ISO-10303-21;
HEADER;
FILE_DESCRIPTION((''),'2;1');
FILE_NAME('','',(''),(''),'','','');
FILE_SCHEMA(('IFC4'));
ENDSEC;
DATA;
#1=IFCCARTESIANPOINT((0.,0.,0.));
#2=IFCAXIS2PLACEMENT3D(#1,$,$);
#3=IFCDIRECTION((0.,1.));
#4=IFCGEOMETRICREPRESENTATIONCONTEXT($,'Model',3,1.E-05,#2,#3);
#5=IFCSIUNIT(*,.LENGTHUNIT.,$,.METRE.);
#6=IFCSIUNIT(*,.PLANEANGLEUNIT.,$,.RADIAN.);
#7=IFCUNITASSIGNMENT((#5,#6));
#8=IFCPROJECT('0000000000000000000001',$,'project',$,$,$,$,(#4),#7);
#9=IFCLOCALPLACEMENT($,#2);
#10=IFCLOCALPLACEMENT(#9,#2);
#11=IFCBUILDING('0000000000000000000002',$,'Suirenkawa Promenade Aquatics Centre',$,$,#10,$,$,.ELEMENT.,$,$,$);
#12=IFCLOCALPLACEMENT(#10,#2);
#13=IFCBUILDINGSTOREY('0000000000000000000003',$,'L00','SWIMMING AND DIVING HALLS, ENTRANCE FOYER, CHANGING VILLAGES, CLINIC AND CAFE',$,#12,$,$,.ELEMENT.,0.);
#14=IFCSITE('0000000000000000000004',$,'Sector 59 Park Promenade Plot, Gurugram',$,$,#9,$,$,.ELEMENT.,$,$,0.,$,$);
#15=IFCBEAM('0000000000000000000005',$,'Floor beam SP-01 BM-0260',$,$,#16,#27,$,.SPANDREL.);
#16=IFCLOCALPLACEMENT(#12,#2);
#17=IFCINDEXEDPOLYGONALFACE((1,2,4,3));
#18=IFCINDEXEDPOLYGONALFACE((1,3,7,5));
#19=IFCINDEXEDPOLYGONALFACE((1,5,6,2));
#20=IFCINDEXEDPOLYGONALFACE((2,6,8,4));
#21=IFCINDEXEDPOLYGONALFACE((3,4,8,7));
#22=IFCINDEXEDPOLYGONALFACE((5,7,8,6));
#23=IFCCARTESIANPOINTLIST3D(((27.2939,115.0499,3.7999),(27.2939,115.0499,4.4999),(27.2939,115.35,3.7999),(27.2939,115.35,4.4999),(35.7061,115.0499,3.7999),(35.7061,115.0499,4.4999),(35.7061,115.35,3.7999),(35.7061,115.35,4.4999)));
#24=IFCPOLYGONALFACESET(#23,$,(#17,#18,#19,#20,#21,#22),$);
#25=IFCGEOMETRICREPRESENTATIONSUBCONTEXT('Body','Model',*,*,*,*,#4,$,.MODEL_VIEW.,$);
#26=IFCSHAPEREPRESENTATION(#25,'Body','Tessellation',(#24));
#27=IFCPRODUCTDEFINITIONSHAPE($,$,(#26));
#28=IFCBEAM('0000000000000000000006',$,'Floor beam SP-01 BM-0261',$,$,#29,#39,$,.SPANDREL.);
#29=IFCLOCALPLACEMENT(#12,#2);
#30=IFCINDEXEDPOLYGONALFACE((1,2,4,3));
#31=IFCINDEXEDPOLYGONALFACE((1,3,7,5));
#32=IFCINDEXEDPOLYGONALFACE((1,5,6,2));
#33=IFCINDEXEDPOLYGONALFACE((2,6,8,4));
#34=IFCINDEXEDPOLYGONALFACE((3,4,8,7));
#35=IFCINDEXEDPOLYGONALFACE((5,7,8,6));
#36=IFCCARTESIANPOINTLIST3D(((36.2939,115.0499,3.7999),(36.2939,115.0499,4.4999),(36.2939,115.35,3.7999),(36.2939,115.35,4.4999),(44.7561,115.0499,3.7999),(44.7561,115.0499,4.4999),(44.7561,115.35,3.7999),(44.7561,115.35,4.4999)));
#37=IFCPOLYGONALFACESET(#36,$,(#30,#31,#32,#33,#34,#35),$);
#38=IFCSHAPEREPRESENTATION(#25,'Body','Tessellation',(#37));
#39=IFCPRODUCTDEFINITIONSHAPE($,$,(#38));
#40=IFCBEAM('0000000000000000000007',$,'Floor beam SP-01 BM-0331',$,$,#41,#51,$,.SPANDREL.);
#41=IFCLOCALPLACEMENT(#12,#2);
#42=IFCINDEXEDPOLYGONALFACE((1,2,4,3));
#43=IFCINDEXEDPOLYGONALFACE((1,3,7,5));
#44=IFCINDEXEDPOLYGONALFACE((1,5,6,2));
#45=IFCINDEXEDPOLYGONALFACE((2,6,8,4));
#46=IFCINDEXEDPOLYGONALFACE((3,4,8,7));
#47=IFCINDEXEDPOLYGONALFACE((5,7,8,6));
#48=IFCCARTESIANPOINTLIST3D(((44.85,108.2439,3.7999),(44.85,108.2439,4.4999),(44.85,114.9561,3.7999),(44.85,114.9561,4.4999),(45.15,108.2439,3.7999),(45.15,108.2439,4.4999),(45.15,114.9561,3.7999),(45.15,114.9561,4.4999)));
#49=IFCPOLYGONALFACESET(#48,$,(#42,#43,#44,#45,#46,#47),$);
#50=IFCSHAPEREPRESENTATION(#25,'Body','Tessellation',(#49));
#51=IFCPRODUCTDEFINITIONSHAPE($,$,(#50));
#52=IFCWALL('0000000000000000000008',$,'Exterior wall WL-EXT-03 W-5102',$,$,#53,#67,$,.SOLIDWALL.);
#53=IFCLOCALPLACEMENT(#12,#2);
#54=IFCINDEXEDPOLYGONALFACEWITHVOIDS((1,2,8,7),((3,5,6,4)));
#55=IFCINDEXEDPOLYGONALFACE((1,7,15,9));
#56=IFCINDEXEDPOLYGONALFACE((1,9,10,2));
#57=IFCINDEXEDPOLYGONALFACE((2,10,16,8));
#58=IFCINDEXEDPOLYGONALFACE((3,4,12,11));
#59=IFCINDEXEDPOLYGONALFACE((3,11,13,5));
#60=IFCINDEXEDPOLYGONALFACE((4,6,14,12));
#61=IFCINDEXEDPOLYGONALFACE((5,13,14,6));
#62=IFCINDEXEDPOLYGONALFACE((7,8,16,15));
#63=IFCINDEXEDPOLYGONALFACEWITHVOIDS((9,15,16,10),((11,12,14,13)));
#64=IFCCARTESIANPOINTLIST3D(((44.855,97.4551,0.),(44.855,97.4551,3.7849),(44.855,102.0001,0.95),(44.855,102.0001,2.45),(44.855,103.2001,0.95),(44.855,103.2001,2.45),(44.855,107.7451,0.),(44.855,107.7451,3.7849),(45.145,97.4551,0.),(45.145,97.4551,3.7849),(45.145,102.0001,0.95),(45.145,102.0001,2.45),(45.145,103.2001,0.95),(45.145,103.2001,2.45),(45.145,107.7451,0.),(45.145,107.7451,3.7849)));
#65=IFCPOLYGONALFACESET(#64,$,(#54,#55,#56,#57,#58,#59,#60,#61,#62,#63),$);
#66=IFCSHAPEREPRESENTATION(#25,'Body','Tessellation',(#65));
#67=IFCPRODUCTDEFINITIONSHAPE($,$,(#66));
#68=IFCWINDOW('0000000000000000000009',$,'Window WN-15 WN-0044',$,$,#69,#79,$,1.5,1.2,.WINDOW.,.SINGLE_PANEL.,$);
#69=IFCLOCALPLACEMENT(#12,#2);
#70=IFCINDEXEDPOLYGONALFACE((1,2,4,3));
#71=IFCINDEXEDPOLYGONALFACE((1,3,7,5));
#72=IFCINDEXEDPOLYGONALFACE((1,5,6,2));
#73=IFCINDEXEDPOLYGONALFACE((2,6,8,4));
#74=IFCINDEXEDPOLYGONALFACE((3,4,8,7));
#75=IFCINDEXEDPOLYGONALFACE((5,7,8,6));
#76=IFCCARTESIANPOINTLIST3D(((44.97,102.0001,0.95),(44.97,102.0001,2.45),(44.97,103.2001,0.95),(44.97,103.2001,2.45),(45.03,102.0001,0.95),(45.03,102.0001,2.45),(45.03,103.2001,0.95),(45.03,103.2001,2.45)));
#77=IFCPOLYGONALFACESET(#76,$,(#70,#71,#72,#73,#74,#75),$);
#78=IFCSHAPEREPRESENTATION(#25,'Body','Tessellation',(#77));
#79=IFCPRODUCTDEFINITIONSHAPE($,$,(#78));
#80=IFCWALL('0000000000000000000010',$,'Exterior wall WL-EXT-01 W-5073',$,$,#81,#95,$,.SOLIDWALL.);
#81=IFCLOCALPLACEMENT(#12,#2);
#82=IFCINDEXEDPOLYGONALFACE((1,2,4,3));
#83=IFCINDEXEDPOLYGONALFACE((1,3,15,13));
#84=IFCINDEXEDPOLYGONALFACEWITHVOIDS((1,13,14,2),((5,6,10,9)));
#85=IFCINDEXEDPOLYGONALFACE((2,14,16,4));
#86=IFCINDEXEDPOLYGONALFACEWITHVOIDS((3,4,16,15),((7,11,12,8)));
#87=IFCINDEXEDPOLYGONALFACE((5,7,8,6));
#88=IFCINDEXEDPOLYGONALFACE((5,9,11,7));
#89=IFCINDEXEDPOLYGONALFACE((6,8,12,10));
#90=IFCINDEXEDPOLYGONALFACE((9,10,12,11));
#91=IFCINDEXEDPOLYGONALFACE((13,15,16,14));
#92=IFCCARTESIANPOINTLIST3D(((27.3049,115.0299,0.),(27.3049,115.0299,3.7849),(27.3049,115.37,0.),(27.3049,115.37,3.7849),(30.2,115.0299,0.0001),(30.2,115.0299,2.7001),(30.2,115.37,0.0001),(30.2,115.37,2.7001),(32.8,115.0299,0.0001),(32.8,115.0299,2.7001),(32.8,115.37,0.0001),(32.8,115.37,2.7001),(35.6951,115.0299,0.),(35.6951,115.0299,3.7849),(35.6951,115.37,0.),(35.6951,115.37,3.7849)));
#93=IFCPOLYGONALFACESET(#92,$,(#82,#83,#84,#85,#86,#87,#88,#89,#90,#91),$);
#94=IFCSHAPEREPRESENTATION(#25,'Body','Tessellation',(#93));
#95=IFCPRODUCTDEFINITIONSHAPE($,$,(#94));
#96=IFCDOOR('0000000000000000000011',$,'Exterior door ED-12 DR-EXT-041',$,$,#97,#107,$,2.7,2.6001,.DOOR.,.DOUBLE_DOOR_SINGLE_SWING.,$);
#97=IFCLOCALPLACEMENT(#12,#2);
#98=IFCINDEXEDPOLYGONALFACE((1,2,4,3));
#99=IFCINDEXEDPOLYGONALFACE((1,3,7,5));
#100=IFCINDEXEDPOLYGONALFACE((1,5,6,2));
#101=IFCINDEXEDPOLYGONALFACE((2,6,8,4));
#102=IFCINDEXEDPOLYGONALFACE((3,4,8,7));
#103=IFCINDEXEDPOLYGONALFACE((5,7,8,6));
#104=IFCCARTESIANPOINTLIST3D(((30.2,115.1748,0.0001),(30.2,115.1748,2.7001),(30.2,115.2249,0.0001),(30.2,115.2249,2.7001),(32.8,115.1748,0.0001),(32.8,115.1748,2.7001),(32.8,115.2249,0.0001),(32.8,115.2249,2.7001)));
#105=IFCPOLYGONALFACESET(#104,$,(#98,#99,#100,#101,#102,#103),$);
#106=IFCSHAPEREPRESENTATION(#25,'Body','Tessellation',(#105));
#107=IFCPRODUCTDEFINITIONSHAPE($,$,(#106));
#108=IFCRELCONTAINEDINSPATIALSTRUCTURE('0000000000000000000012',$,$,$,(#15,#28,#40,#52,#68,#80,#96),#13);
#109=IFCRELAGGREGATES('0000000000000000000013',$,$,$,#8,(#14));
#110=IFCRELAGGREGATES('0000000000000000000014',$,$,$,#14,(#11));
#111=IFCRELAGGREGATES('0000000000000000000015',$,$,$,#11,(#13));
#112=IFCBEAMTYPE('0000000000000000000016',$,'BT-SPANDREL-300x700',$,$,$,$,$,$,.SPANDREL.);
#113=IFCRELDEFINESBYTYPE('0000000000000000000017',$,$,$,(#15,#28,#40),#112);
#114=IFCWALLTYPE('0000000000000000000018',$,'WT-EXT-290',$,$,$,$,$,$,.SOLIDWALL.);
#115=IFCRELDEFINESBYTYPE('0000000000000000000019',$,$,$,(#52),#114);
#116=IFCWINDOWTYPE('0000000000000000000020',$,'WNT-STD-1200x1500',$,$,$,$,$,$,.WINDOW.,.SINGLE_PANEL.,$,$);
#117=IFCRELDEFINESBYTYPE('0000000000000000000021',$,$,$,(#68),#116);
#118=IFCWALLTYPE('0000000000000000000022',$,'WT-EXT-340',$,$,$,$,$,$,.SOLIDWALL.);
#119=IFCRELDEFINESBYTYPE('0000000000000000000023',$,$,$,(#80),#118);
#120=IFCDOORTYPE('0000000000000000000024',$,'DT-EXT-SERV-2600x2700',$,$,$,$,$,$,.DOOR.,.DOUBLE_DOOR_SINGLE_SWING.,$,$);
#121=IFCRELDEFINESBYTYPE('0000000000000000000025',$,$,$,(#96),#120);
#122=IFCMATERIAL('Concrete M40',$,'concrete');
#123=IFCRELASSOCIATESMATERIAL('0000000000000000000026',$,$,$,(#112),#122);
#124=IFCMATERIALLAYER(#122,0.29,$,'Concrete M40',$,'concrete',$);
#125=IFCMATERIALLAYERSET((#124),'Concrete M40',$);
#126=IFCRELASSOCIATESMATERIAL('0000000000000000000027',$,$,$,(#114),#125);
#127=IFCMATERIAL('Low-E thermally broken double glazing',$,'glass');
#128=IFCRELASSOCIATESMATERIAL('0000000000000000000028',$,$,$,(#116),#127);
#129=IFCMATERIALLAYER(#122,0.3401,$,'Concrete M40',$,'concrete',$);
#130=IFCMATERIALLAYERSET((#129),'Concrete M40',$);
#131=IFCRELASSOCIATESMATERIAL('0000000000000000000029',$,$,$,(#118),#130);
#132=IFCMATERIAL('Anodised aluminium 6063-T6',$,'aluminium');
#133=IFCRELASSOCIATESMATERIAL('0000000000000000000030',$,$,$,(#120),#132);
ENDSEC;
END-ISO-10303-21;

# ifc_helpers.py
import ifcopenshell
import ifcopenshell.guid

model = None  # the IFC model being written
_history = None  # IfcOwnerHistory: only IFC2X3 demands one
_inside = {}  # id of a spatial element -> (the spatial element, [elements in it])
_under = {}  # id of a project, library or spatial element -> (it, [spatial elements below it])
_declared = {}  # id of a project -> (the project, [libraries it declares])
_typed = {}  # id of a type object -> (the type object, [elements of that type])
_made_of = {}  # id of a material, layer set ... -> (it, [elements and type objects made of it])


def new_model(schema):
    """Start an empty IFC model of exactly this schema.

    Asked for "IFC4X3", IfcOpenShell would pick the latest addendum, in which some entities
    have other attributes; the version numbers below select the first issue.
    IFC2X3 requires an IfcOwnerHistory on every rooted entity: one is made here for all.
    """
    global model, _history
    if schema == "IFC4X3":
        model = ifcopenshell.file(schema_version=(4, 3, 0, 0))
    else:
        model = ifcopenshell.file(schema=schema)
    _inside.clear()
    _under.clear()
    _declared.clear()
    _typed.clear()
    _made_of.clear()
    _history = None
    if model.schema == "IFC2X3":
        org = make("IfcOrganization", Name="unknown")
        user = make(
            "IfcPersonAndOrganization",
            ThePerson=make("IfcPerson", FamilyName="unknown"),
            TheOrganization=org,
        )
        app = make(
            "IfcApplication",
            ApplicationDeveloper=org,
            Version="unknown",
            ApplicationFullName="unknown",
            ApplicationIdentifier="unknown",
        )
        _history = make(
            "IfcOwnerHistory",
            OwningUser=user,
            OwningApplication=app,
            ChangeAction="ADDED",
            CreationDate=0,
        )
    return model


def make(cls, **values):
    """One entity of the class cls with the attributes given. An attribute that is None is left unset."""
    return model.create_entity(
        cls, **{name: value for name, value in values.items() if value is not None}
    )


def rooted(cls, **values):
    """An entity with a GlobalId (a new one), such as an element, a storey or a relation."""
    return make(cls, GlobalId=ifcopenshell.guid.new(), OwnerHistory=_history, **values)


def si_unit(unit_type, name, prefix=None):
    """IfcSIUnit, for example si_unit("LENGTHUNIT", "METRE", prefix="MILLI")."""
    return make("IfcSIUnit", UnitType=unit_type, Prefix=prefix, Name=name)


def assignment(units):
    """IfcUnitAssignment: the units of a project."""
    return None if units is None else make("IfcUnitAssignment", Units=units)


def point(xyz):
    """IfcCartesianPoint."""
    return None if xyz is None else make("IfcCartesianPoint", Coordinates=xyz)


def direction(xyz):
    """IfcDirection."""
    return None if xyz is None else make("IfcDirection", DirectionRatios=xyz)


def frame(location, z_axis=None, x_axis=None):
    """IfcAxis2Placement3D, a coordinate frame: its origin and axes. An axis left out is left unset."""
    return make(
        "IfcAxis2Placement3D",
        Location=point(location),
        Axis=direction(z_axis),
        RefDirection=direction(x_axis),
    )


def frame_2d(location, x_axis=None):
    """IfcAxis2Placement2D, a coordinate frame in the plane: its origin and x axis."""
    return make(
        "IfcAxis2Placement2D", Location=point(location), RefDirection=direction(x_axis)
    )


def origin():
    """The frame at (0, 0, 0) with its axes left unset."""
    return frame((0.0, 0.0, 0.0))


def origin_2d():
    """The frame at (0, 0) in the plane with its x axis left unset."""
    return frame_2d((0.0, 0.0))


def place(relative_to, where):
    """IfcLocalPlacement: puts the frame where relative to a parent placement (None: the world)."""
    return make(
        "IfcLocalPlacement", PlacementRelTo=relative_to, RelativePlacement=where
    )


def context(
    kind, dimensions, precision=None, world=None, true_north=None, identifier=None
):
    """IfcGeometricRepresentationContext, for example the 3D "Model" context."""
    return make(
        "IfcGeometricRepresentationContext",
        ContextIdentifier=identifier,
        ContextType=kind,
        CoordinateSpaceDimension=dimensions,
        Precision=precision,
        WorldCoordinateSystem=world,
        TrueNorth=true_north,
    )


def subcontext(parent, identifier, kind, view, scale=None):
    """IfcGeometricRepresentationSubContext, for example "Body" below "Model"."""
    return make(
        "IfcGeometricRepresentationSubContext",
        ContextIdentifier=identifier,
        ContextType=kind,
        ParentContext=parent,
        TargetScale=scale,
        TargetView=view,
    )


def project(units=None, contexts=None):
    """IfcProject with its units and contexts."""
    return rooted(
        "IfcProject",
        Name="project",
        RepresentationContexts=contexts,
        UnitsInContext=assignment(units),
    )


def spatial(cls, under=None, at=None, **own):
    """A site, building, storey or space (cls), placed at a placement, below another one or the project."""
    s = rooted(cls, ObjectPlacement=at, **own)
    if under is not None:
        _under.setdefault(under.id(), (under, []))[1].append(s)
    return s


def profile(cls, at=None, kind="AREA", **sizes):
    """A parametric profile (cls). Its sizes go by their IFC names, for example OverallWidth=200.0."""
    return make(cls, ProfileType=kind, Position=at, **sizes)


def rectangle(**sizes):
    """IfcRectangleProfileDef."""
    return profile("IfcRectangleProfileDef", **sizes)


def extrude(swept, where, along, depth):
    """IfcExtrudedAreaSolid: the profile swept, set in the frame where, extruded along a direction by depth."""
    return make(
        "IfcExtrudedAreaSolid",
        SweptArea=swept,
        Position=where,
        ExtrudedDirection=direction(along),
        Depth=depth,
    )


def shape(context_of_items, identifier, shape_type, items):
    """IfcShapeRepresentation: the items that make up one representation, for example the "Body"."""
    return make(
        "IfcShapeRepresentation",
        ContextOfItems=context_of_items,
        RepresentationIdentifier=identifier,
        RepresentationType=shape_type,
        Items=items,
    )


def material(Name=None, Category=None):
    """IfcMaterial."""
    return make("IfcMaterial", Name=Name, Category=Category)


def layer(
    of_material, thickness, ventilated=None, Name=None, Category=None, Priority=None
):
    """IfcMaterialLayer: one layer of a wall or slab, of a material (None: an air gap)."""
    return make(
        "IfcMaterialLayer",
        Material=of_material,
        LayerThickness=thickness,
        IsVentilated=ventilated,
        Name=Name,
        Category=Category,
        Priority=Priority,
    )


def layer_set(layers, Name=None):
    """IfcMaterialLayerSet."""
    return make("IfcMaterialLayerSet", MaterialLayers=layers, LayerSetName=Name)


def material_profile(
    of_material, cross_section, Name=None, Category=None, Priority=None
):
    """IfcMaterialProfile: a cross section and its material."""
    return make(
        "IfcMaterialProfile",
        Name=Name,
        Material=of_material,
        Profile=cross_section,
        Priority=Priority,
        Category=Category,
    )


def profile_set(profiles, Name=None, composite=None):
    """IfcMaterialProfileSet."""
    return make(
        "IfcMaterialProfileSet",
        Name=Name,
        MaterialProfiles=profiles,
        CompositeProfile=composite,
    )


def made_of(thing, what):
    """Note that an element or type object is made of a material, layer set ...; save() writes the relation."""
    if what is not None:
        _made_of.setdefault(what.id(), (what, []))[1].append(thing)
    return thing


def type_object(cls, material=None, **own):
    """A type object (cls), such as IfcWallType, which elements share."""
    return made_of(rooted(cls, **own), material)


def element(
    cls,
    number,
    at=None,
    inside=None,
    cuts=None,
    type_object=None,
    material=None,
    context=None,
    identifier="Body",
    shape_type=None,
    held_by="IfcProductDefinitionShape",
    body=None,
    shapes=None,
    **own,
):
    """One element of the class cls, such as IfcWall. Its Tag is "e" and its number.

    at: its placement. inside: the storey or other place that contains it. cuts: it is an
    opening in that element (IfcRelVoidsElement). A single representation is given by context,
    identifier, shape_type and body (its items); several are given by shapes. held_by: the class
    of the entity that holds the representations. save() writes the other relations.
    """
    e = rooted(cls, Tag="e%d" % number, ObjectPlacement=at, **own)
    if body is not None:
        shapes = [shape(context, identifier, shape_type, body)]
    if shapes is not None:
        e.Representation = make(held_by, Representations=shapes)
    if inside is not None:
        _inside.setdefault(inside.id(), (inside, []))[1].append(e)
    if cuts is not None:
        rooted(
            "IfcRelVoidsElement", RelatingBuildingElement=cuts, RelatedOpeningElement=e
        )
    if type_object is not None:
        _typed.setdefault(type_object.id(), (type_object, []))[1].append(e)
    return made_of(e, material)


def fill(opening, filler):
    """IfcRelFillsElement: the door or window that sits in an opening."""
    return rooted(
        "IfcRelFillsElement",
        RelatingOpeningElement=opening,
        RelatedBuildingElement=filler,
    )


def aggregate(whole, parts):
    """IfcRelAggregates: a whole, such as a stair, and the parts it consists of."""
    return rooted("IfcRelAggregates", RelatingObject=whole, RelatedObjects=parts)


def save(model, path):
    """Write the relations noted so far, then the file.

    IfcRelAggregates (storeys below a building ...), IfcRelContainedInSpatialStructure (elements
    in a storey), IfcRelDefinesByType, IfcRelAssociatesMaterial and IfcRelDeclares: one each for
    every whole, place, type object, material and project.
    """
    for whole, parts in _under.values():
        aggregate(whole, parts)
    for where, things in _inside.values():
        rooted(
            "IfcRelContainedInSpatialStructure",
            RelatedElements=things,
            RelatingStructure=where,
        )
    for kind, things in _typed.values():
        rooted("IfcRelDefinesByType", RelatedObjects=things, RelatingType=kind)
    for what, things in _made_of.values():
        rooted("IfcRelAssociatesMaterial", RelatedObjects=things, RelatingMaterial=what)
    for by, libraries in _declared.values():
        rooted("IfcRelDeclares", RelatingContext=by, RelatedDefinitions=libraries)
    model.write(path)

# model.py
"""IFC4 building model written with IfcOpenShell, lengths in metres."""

from ifc_helpers import new_model, si_unit, direction, frame, frame_2d, origin, origin_2d, place, context, subcontext, project, spatial, rectangle, extrude, material, layer, layer_set, material_profile, profile_set, type_object, element, fill, save


model = new_model("IFC4")

# Units and contexts
model_context = context("Model", 3, precision=1e-05, world=origin(), true_north=direction((0.0, 1.0)))
body_context = subcontext(model_context, "Body", "Model", "MODEL_VIEW")
ifc_project = project(units=[si_unit("LENGTHUNIT", "METRE"), si_unit("PLANEANGLEUNIT", "RADIAN")], contexts=[model_context])

# Site, building, storey
site_placement = place(None, origin())
site = spatial("IfcSite", under=ifc_project, at=site_placement, Name="Sector 59 Park Promenade Plot, Gurugram", CompositionType="ELEMENT", RefElevation=0.0)
building_placement = place(site_placement, origin())
building = spatial("IfcBuilding", under=site, at=building_placement, Name="Suirenkawa Promenade Aquatics Centre", CompositionType="ELEMENT")
storey_placement = place(building_placement, origin())
storey = spatial("IfcBuildingStorey", under=building, at=storey_placement, Name="L00", Description="SWIMMING AND DIVING HALLS, ENTRANCE FOYER, CHANGING VILLAGES, CLINIC AND CAFE", CompositionType="ELEMENT", Elevation=0.0)

# Shared definitions
ifc_material_1 = material(Name="Concrete M40", Category="concrete")

# Beams
ifc_material_profile_1 = material_profile(ifc_material_1, rectangle(XDim=0.3, YDim=0.7, at=origin_2d()), Name="RC SPANDREL 300x700", Category="concrete")
ifc_profile_set_1 = profile_set([ifc_material_profile_1], Name="Concrete M40")
beam_type_1 = type_object("IfcBeamType", Name="BT-SPANDREL-300x700", PredefinedType="SPANDREL", material=ifc_profile_set_1)
beam_1_placement = place(storey_placement, frame((27.2939, 115.2, 4.1499), z_axis=(1.0, 0.0, 0.0), x_axis=(0.0, 1.0, 0.0)))
element("IfcBeam", 1, at=beam_1_placement, inside=storey, type_object=beam_type_1, Name="Floor beam SP-01 BM-0260", PredefinedType="SPANDREL", context=body_context, shape_type="SweptSolid", body=[
    extrude(rectangle(XDim=0.3, YDim=0.7, at=origin_2d()), origin(), (0.0, 0.0, 1.0), 8.4121),
])
beam_2_placement = place(storey_placement, frame((36.2939, 115.2, 4.1499), z_axis=(1.0, 0.0, 0.0), x_axis=(0.0, 1.0, 0.0)))
element("IfcBeam", 2, at=beam_2_placement, inside=storey, type_object=beam_type_1, Name="Floor beam SP-01 BM-0261", PredefinedType="SPANDREL", context=body_context, shape_type="SweptSolid", body=[
    extrude(rectangle(XDim=0.3, YDim=0.7, at=origin_2d()), origin(), (0.0, 0.0, 1.0), 8.4622),
])
beam_3_placement = place(storey_placement, frame((45.0, 108.2439, 4.1499), z_axis=(0.0, 1.0, 0.0), x_axis=(-1.0, 0.0, 0.0)))
element("IfcBeam", 3, at=beam_3_placement, inside=storey, type_object=beam_type_1, Name="Floor beam SP-01 BM-0331", PredefinedType="SPANDREL", context=body_context, shape_type="SweptSolid", body=[
    extrude(rectangle(XDim=0.3, YDim=0.7, at=origin_2d()), origin(), (0.0, 0.0, 1.0), 6.7122),
])

# Wall, opening, window
ifc_layer_1 = layer(ifc_material_1, 0.29, Name="Concrete M40", Category="concrete")
ifc_layer_set_1 = layer_set([ifc_layer_1], Name="Concrete M40")
wall_type_1 = type_object("IfcWallType", Name="WT-EXT-290", PredefinedType="SOLIDWALL", material=ifc_layer_set_1)
wall_1_placement = place(storey_placement, frame((45.0, 107.7451, 0.0), z_axis=(0.0, 0.0, 1.0), x_axis=(0.0, -1.0, 0.0)))
wall_1 = element("IfcWall", 4, at=wall_1_placement, inside=storey, type_object=wall_type_1, Name="Exterior wall WL-EXT-03 W-5102", PredefinedType="SOLIDWALL", context=body_context, shape_type="SweptSolid", body=[
    extrude(rectangle(XDim=10.29, YDim=0.29, at=frame_2d((5.145, 0.0))), origin(), (0.0, 0.0, 1.0), 3.7849),
])
opening_1_placement = place(wall_1_placement, frame((4.5449, 0.0, 0.95)))
opening_1 = element("IfcOpeningElement", 5, at=opening_1_placement, cuts=wall_1, PredefinedType="OPENING", context=body_context, shape_type="SweptSolid", body=[
    extrude(rectangle(XDim=1.2, YDim=1.5, at=frame_2d((0.6001, 0.75))), frame((0.0, 0.155, 0.0), z_axis=(0.0, -1.0, 0.0), x_axis=(1.0, 0.0, 0.0)), (0.0, 0.0, 1.0), 0.3101),
])
ifc_material_2 = material(Name="Low-E thermally broken double glazing", Category="glass")
window_type = type_object("IfcWindowType", Name="WNT-STD-1200x1500", PartitioningType="SINGLE_PANEL", PredefinedType="WINDOW", material=ifc_material_2)
window_placement = place(opening_1_placement, origin())
window = element("IfcWindow", 6, at=window_placement, inside=storey, type_object=window_type, Name="Window WN-15 WN-0044", OverallHeight=1.5, OverallWidth=1.2, PartitioningType="SINGLE_PANEL", PredefinedType="WINDOW", context=body_context, shape_type="SweptSolid", body=[
    extrude(rectangle(XDim=1.2, YDim=1.5, at=frame_2d((0.6001, 0.75))), frame((0.0, 0.03, 0.0), z_axis=(0.0, -1.0, 0.0), x_axis=(1.0, 0.0, 0.0)), (0.0, 0.0, 1.0), 0.0601),
])
fill(opening_1, window)

# Wall, opening, door
ifc_layer_2 = layer(ifc_material_1, 0.3401, Name="Concrete M40", Category="concrete")
ifc_layer_set_2 = layer_set([ifc_layer_2], Name="Concrete M40")
wall_type_2 = type_object("IfcWallType", Name="WT-EXT-340", PredefinedType="SOLIDWALL", material=ifc_layer_set_2)
wall_2_placement = place(storey_placement, frame((27.3049, 115.2, 0.0), z_axis=(0.0, 0.0, 1.0), x_axis=(1.0, 0.0, 0.0)))
wall_2 = element("IfcWall", 7, at=wall_2_placement, inside=storey, type_object=wall_type_2, Name="Exterior wall WL-EXT-01 W-5073", PredefinedType="SOLIDWALL", context=body_context, shape_type="SweptSolid", body=[
    extrude(rectangle(XDim=8.3901, YDim=0.3401, at=frame_2d((4.1951, 0.0))), origin(), (0.0, 0.0, 1.0), 3.7849),
])
opening_2_placement = place(wall_2_placement, frame((2.895, 0.0, 0.0)))
opening_2 = element("IfcOpeningElement", 8, at=opening_2_placement, cuts=wall_2, PredefinedType="OPENING", context=body_context, shape_type="SweptSolid", body=[
    extrude(rectangle(XDim=2.6001, YDim=2.7, at=frame_2d((1.3, 1.3501))), frame((0.0, 0.1799, 0.0), z_axis=(0.0, -1.0, 0.0), x_axis=(1.0, 0.0, 0.0)), (0.0, 0.0, 1.0), 0.3601),
])
ifc_material_3 = material(Name="Anodised aluminium 6063-T6", Category="aluminium")
door_type = type_object("IfcDoorType", Name="DT-EXT-SERV-2600x2700", OperationType="DOUBLE_DOOR_SINGLE_SWING", PredefinedType="DOOR", material=ifc_material_3)
door_placement = place(opening_2_placement, origin())
door = element("IfcDoor", 9, at=door_placement, inside=storey, type_object=door_type, Name="Exterior door ED-12 DR-EXT-041", OperationType="DOUBLE_DOOR_SINGLE_SWING", OverallHeight=2.7, OverallWidth=2.6001, PredefinedType="DOOR", context=body_context, shape_type="SweptSolid", body=[
    extrude(rectangle(XDim=2.6001, YDim=2.7, at=frame_2d((1.3, 1.3501))), frame((0.0, 0.0249, 0.0), z_axis=(0.0, -1.0, 0.0), x_axis=(1.0, 0.0, 0.0)), (0.0, 0.0, 1.0), 0.05),
])
fill(opening_2, door)

save(model, "model.ifc")
